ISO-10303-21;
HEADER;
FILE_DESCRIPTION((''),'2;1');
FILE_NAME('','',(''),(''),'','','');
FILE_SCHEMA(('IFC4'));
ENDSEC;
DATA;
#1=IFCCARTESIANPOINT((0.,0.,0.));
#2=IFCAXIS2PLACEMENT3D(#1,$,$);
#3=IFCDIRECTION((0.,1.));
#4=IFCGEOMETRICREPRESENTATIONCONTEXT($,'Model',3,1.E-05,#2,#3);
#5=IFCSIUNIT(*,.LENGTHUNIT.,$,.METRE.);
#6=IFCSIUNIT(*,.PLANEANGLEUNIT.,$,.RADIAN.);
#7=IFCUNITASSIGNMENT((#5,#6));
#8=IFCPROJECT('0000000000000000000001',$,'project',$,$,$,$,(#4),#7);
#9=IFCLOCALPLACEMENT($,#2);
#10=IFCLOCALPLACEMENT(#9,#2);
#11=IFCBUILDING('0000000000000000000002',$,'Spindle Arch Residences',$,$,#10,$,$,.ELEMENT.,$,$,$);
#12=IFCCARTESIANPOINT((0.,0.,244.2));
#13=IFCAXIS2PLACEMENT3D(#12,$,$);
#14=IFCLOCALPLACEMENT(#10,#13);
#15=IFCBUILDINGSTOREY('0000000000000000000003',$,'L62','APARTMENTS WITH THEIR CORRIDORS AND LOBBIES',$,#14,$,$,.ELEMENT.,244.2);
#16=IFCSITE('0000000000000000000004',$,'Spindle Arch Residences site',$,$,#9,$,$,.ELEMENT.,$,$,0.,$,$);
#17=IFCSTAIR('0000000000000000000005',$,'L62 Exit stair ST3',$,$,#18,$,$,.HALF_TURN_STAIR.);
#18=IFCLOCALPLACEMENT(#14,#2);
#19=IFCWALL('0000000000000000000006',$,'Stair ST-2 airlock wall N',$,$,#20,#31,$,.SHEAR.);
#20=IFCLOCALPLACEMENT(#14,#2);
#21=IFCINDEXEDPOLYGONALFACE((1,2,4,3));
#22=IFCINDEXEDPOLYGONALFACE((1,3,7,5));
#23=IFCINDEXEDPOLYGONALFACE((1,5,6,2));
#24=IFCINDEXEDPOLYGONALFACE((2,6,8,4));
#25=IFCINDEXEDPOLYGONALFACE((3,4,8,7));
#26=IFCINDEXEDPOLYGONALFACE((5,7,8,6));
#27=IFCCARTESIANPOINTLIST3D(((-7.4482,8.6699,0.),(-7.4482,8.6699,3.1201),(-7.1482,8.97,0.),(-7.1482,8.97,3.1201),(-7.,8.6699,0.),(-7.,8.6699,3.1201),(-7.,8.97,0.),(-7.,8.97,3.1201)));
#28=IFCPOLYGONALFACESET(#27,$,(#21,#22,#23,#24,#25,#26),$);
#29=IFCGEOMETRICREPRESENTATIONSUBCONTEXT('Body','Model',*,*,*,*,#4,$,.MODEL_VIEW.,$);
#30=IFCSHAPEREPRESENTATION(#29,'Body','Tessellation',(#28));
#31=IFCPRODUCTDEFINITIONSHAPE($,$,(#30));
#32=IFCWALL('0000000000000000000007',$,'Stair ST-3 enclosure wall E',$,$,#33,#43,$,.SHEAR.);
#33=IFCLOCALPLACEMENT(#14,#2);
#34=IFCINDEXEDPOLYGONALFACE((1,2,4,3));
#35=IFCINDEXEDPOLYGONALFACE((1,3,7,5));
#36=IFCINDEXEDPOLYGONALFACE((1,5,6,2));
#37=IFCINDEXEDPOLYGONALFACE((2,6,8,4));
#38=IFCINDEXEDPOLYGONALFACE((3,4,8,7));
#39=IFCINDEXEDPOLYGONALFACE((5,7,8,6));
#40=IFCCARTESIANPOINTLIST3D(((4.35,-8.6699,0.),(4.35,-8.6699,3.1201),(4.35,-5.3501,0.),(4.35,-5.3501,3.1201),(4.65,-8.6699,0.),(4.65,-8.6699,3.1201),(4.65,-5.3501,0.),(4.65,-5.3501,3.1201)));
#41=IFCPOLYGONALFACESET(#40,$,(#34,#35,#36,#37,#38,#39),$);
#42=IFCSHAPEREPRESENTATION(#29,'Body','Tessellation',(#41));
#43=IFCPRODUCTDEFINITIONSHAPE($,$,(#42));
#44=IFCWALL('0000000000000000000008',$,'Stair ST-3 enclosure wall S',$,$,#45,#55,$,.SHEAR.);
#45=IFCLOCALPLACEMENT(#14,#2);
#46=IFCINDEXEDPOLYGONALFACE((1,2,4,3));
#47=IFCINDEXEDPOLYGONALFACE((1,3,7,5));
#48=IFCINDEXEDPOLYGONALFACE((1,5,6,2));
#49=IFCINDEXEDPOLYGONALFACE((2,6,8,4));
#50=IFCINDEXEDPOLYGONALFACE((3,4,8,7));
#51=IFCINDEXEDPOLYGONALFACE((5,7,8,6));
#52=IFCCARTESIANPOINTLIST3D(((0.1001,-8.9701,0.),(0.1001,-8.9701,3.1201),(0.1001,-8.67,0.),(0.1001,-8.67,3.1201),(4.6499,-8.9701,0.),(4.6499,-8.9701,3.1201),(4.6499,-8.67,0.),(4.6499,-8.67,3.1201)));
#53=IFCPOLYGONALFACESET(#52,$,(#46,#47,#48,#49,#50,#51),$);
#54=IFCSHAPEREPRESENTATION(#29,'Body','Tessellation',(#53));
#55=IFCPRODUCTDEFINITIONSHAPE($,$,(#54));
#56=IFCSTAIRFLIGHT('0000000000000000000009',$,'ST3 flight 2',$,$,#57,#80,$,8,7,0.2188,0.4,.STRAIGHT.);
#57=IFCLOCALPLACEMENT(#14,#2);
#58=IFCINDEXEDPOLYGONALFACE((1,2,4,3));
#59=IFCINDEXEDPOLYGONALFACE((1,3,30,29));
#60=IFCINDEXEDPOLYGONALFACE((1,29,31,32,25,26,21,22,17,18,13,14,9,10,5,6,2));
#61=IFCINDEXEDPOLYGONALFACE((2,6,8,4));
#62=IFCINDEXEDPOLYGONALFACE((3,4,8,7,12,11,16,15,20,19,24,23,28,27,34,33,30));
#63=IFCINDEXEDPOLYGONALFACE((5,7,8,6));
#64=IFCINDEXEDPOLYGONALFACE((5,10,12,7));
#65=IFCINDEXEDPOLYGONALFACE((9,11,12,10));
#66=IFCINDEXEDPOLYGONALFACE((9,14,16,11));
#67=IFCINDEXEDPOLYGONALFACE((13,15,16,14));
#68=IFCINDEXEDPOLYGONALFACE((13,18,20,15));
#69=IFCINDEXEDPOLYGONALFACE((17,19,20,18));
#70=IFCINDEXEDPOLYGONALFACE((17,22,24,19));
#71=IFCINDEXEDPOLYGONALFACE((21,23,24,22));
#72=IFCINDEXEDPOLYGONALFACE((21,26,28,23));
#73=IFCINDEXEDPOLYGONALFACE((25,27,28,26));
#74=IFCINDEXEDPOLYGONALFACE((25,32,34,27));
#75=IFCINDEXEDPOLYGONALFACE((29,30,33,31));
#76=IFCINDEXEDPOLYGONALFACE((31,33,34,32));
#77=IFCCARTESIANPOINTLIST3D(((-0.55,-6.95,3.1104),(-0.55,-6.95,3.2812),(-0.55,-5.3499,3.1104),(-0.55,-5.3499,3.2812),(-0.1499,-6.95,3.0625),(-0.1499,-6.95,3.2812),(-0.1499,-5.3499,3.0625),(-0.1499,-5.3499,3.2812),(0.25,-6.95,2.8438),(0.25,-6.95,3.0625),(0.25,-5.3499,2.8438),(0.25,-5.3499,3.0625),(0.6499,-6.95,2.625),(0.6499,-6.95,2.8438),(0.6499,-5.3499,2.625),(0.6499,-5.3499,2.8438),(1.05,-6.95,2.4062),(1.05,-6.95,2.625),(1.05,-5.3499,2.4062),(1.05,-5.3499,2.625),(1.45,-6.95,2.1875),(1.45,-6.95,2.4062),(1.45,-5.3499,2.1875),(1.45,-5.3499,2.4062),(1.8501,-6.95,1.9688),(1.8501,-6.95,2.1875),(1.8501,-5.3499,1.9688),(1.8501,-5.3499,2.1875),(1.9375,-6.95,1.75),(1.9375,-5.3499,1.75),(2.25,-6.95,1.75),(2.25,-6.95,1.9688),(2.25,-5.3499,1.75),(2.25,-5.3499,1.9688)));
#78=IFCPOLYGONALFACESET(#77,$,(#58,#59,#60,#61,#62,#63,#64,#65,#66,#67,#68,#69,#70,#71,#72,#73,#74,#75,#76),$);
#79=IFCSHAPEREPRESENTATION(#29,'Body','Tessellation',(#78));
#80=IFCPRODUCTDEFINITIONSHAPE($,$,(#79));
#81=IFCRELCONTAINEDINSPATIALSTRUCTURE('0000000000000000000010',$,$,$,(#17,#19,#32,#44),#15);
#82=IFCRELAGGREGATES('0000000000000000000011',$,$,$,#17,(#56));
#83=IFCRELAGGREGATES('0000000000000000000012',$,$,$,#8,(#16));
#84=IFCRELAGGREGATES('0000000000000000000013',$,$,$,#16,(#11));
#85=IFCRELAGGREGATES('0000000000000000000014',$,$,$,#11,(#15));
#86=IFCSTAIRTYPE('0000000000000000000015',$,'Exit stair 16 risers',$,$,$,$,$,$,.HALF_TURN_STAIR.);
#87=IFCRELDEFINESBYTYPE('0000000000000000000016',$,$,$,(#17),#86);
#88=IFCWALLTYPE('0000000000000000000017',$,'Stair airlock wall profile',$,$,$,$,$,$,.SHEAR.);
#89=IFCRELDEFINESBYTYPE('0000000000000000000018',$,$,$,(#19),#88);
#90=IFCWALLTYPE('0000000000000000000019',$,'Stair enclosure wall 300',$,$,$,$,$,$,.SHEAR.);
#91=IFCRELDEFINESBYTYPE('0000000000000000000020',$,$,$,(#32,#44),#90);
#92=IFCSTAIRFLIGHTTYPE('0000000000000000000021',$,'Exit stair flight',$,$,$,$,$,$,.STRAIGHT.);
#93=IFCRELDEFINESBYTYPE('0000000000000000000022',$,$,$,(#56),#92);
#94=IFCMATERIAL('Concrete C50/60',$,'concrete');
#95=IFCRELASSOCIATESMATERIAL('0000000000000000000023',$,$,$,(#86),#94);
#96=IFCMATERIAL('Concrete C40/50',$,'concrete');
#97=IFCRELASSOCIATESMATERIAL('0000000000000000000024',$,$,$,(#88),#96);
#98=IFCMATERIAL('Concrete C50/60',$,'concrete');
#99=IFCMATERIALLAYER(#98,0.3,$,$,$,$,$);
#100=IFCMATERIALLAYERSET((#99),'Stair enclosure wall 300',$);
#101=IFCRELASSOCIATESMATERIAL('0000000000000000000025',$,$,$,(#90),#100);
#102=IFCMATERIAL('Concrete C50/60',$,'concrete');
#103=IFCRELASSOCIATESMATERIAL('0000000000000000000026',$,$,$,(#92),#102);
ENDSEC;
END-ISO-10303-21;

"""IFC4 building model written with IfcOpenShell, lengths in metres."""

from ifc_helpers import new_model, si_unit, direction, frame, frame_2d, origin, place, context, subcontext, project, spatial, polyline, rectangle, outline, extrude, material, layer, layer_set, type_object, element, aggregate, save


model = new_model("IFC4")

# Units and contexts
model_context = context("Model", 3, precision=1e-05, world=origin(), true_north=direction((0.0, 1.0)))
body_context = subcontext(model_context, "Body", "Model", "MODEL_VIEW")
ifc_project = project(units=[si_unit("LENGTHUNIT", "METRE"), si_unit("PLANEANGLEUNIT", "RADIAN")], contexts=[model_context])

# Site, building, storey
site_placement = place(None, origin())
site = spatial("IfcSite", under=ifc_project, at=site_placement, Name="Spindle Arch Residences site", CompositionType="ELEMENT", RefElevation=0.0)
building_placement = place(site_placement, origin())
building = spatial("IfcBuilding", under=site, at=building_placement, Name="Spindle Arch Residences", CompositionType="ELEMENT")
storey_placement = place(building_placement, frame((0.0, 0.0, 244.2)))
storey = spatial("IfcBuildingStorey", under=building, at=storey_placement, Name="L62", Description="APARTMENTS WITH THEIR CORRIDORS AND LOBBIES", CompositionType="ELEMENT", Elevation=244.2)

# Stair
ifc_material_1 = material(Name="Concrete C50/60", Category="concrete")
stair_type = type_object("IfcStairType", Name="Exit stair 16 risers", PredefinedType="HALF_TURN_STAIR", material=ifc_material_1)
stair_1_placement = place(storey_placement, origin())
stair_1 = element("IfcStair", 1, at=stair_1_placement, inside=storey, type_object=stair_type, Name="L62 Exit stair ST3", PredefinedType="HALF_TURN_STAIR")

# Walls
ifc_material_2 = material(Name="Concrete C40/50", Category="concrete")
wall_type_1 = type_object("IfcWallType", Name="Stair airlock wall profile", PredefinedType="SHEAR", material=ifc_material_2)
wall_1_placement = place(storey_placement, origin())
element("IfcWall", 2, at=wall_1_placement, inside=storey, type_object=wall_type_1, Name="Stair ST-2 airlock wall N", PredefinedType="SHEAR", context=body_context, shape_type="SweptSolid", body=[
    extrude(outline(polyline([(-7.1482, 8.97), (-7.0, 8.97), (-7.0, 8.6699), (-7.4482, 8.6699), (-7.1482, 8.97)])), origin(), (0.0, 0.0, 1.0), 3.1201),
])
ifc_material_3 = material(Name="Concrete C50/60", Category="concrete")
ifc_layer_1 = layer(ifc_material_3, 0.3)
ifc_layer_set_1 = layer_set([ifc_layer_1], Name="Stair enclosure wall 300")
wall_type_2 = type_object("IfcWallType", Name="Stair enclosure wall 300", PredefinedType="SHEAR", material=ifc_layer_set_1)
wall_2_placement = place(storey_placement, frame((4.5, -8.6699, 0.0), z_axis=(0.0, 0.0, 1.0), x_axis=(0.0, 1.0, 0.0)))
element("IfcWall", 3, at=wall_2_placement, inside=storey, type_object=wall_type_2, Name="Stair ST-3 enclosure wall E", PredefinedType="SHEAR", context=body_context, shape_type="SweptSolid", body=[
    extrude(rectangle(XDim=3.3198, YDim=0.3, at=frame_2d((1.6599, 0.0))), origin(), (0.0, 0.0, 1.0), 3.1201),
])
wall_3_placement = place(storey_placement, frame((0.1001, -8.8201, 0.0), z_axis=(0.0, 0.0, 1.0), x_axis=(1.0, 0.0, 0.0)))
element("IfcWall", 4, at=wall_3_placement, inside=storey, type_object=wall_type_2, Name="Stair ST-3 enclosure wall S", PredefinedType="SHEAR", context=body_context, shape_type="SweptSolid", body=[
    extrude(rectangle(XDim=4.5498, YDim=0.3, at=frame_2d((2.2749, 0.0))), origin(), (0.0, 0.0, 1.0), 3.1201),
])

# Stair flight
ifc_material_4 = material(Name="Concrete C50/60", Category="concrete")
stair_flight_type = type_object("IfcStairFlightType", Name="Exit stair flight", PredefinedType="STRAIGHT", material=ifc_material_4)
stair_flight_placement = place(storey_placement, frame((2.25, -6.1499, 1.75), z_axis=(0.0, 0.0, 1.0), x_axis=(-1.0, 0.0, 0.0)))
stair_flight = element("IfcStairFlight", 5, at=stair_flight_placement, type_object=stair_flight_type, Name="ST3 flight 2", NumberOfRisers=8, NumberOfTreads=7, PredefinedType="STRAIGHT", RiserHeight=0.2188, TreadLength=0.4, context=body_context, shape_type="SweptSolid", body=[
    extrude(outline(polyline([(0.0, 0.0), (0.0, 0.2188), (0.3999, 0.2188), (0.3999, 0.4375), (0.8, 0.4375), (0.8, 0.6562), (1.2, 0.6562), (1.2, 0.875), (1.6001, 0.875), (1.6001, 1.0938), (2.0, 1.0938), (2.0, 1.3125), (2.3999, 1.3125), (2.3999, 1.5312), (2.8, 1.5312), (2.8, 1.75), (2.8, 1.3604), (0.3125, 0.0), (0.0, 0.0)])), frame((0.0, 0.8, 0.0), z_axis=(0.0, -1.0, 0.0), x_axis=(1.0, 0.0, 0.0)), (0.0, 0.0, 1.0), 1.6001),
])
aggregate(stair_1, [stair_flight])

save(model, "model.ifc")
